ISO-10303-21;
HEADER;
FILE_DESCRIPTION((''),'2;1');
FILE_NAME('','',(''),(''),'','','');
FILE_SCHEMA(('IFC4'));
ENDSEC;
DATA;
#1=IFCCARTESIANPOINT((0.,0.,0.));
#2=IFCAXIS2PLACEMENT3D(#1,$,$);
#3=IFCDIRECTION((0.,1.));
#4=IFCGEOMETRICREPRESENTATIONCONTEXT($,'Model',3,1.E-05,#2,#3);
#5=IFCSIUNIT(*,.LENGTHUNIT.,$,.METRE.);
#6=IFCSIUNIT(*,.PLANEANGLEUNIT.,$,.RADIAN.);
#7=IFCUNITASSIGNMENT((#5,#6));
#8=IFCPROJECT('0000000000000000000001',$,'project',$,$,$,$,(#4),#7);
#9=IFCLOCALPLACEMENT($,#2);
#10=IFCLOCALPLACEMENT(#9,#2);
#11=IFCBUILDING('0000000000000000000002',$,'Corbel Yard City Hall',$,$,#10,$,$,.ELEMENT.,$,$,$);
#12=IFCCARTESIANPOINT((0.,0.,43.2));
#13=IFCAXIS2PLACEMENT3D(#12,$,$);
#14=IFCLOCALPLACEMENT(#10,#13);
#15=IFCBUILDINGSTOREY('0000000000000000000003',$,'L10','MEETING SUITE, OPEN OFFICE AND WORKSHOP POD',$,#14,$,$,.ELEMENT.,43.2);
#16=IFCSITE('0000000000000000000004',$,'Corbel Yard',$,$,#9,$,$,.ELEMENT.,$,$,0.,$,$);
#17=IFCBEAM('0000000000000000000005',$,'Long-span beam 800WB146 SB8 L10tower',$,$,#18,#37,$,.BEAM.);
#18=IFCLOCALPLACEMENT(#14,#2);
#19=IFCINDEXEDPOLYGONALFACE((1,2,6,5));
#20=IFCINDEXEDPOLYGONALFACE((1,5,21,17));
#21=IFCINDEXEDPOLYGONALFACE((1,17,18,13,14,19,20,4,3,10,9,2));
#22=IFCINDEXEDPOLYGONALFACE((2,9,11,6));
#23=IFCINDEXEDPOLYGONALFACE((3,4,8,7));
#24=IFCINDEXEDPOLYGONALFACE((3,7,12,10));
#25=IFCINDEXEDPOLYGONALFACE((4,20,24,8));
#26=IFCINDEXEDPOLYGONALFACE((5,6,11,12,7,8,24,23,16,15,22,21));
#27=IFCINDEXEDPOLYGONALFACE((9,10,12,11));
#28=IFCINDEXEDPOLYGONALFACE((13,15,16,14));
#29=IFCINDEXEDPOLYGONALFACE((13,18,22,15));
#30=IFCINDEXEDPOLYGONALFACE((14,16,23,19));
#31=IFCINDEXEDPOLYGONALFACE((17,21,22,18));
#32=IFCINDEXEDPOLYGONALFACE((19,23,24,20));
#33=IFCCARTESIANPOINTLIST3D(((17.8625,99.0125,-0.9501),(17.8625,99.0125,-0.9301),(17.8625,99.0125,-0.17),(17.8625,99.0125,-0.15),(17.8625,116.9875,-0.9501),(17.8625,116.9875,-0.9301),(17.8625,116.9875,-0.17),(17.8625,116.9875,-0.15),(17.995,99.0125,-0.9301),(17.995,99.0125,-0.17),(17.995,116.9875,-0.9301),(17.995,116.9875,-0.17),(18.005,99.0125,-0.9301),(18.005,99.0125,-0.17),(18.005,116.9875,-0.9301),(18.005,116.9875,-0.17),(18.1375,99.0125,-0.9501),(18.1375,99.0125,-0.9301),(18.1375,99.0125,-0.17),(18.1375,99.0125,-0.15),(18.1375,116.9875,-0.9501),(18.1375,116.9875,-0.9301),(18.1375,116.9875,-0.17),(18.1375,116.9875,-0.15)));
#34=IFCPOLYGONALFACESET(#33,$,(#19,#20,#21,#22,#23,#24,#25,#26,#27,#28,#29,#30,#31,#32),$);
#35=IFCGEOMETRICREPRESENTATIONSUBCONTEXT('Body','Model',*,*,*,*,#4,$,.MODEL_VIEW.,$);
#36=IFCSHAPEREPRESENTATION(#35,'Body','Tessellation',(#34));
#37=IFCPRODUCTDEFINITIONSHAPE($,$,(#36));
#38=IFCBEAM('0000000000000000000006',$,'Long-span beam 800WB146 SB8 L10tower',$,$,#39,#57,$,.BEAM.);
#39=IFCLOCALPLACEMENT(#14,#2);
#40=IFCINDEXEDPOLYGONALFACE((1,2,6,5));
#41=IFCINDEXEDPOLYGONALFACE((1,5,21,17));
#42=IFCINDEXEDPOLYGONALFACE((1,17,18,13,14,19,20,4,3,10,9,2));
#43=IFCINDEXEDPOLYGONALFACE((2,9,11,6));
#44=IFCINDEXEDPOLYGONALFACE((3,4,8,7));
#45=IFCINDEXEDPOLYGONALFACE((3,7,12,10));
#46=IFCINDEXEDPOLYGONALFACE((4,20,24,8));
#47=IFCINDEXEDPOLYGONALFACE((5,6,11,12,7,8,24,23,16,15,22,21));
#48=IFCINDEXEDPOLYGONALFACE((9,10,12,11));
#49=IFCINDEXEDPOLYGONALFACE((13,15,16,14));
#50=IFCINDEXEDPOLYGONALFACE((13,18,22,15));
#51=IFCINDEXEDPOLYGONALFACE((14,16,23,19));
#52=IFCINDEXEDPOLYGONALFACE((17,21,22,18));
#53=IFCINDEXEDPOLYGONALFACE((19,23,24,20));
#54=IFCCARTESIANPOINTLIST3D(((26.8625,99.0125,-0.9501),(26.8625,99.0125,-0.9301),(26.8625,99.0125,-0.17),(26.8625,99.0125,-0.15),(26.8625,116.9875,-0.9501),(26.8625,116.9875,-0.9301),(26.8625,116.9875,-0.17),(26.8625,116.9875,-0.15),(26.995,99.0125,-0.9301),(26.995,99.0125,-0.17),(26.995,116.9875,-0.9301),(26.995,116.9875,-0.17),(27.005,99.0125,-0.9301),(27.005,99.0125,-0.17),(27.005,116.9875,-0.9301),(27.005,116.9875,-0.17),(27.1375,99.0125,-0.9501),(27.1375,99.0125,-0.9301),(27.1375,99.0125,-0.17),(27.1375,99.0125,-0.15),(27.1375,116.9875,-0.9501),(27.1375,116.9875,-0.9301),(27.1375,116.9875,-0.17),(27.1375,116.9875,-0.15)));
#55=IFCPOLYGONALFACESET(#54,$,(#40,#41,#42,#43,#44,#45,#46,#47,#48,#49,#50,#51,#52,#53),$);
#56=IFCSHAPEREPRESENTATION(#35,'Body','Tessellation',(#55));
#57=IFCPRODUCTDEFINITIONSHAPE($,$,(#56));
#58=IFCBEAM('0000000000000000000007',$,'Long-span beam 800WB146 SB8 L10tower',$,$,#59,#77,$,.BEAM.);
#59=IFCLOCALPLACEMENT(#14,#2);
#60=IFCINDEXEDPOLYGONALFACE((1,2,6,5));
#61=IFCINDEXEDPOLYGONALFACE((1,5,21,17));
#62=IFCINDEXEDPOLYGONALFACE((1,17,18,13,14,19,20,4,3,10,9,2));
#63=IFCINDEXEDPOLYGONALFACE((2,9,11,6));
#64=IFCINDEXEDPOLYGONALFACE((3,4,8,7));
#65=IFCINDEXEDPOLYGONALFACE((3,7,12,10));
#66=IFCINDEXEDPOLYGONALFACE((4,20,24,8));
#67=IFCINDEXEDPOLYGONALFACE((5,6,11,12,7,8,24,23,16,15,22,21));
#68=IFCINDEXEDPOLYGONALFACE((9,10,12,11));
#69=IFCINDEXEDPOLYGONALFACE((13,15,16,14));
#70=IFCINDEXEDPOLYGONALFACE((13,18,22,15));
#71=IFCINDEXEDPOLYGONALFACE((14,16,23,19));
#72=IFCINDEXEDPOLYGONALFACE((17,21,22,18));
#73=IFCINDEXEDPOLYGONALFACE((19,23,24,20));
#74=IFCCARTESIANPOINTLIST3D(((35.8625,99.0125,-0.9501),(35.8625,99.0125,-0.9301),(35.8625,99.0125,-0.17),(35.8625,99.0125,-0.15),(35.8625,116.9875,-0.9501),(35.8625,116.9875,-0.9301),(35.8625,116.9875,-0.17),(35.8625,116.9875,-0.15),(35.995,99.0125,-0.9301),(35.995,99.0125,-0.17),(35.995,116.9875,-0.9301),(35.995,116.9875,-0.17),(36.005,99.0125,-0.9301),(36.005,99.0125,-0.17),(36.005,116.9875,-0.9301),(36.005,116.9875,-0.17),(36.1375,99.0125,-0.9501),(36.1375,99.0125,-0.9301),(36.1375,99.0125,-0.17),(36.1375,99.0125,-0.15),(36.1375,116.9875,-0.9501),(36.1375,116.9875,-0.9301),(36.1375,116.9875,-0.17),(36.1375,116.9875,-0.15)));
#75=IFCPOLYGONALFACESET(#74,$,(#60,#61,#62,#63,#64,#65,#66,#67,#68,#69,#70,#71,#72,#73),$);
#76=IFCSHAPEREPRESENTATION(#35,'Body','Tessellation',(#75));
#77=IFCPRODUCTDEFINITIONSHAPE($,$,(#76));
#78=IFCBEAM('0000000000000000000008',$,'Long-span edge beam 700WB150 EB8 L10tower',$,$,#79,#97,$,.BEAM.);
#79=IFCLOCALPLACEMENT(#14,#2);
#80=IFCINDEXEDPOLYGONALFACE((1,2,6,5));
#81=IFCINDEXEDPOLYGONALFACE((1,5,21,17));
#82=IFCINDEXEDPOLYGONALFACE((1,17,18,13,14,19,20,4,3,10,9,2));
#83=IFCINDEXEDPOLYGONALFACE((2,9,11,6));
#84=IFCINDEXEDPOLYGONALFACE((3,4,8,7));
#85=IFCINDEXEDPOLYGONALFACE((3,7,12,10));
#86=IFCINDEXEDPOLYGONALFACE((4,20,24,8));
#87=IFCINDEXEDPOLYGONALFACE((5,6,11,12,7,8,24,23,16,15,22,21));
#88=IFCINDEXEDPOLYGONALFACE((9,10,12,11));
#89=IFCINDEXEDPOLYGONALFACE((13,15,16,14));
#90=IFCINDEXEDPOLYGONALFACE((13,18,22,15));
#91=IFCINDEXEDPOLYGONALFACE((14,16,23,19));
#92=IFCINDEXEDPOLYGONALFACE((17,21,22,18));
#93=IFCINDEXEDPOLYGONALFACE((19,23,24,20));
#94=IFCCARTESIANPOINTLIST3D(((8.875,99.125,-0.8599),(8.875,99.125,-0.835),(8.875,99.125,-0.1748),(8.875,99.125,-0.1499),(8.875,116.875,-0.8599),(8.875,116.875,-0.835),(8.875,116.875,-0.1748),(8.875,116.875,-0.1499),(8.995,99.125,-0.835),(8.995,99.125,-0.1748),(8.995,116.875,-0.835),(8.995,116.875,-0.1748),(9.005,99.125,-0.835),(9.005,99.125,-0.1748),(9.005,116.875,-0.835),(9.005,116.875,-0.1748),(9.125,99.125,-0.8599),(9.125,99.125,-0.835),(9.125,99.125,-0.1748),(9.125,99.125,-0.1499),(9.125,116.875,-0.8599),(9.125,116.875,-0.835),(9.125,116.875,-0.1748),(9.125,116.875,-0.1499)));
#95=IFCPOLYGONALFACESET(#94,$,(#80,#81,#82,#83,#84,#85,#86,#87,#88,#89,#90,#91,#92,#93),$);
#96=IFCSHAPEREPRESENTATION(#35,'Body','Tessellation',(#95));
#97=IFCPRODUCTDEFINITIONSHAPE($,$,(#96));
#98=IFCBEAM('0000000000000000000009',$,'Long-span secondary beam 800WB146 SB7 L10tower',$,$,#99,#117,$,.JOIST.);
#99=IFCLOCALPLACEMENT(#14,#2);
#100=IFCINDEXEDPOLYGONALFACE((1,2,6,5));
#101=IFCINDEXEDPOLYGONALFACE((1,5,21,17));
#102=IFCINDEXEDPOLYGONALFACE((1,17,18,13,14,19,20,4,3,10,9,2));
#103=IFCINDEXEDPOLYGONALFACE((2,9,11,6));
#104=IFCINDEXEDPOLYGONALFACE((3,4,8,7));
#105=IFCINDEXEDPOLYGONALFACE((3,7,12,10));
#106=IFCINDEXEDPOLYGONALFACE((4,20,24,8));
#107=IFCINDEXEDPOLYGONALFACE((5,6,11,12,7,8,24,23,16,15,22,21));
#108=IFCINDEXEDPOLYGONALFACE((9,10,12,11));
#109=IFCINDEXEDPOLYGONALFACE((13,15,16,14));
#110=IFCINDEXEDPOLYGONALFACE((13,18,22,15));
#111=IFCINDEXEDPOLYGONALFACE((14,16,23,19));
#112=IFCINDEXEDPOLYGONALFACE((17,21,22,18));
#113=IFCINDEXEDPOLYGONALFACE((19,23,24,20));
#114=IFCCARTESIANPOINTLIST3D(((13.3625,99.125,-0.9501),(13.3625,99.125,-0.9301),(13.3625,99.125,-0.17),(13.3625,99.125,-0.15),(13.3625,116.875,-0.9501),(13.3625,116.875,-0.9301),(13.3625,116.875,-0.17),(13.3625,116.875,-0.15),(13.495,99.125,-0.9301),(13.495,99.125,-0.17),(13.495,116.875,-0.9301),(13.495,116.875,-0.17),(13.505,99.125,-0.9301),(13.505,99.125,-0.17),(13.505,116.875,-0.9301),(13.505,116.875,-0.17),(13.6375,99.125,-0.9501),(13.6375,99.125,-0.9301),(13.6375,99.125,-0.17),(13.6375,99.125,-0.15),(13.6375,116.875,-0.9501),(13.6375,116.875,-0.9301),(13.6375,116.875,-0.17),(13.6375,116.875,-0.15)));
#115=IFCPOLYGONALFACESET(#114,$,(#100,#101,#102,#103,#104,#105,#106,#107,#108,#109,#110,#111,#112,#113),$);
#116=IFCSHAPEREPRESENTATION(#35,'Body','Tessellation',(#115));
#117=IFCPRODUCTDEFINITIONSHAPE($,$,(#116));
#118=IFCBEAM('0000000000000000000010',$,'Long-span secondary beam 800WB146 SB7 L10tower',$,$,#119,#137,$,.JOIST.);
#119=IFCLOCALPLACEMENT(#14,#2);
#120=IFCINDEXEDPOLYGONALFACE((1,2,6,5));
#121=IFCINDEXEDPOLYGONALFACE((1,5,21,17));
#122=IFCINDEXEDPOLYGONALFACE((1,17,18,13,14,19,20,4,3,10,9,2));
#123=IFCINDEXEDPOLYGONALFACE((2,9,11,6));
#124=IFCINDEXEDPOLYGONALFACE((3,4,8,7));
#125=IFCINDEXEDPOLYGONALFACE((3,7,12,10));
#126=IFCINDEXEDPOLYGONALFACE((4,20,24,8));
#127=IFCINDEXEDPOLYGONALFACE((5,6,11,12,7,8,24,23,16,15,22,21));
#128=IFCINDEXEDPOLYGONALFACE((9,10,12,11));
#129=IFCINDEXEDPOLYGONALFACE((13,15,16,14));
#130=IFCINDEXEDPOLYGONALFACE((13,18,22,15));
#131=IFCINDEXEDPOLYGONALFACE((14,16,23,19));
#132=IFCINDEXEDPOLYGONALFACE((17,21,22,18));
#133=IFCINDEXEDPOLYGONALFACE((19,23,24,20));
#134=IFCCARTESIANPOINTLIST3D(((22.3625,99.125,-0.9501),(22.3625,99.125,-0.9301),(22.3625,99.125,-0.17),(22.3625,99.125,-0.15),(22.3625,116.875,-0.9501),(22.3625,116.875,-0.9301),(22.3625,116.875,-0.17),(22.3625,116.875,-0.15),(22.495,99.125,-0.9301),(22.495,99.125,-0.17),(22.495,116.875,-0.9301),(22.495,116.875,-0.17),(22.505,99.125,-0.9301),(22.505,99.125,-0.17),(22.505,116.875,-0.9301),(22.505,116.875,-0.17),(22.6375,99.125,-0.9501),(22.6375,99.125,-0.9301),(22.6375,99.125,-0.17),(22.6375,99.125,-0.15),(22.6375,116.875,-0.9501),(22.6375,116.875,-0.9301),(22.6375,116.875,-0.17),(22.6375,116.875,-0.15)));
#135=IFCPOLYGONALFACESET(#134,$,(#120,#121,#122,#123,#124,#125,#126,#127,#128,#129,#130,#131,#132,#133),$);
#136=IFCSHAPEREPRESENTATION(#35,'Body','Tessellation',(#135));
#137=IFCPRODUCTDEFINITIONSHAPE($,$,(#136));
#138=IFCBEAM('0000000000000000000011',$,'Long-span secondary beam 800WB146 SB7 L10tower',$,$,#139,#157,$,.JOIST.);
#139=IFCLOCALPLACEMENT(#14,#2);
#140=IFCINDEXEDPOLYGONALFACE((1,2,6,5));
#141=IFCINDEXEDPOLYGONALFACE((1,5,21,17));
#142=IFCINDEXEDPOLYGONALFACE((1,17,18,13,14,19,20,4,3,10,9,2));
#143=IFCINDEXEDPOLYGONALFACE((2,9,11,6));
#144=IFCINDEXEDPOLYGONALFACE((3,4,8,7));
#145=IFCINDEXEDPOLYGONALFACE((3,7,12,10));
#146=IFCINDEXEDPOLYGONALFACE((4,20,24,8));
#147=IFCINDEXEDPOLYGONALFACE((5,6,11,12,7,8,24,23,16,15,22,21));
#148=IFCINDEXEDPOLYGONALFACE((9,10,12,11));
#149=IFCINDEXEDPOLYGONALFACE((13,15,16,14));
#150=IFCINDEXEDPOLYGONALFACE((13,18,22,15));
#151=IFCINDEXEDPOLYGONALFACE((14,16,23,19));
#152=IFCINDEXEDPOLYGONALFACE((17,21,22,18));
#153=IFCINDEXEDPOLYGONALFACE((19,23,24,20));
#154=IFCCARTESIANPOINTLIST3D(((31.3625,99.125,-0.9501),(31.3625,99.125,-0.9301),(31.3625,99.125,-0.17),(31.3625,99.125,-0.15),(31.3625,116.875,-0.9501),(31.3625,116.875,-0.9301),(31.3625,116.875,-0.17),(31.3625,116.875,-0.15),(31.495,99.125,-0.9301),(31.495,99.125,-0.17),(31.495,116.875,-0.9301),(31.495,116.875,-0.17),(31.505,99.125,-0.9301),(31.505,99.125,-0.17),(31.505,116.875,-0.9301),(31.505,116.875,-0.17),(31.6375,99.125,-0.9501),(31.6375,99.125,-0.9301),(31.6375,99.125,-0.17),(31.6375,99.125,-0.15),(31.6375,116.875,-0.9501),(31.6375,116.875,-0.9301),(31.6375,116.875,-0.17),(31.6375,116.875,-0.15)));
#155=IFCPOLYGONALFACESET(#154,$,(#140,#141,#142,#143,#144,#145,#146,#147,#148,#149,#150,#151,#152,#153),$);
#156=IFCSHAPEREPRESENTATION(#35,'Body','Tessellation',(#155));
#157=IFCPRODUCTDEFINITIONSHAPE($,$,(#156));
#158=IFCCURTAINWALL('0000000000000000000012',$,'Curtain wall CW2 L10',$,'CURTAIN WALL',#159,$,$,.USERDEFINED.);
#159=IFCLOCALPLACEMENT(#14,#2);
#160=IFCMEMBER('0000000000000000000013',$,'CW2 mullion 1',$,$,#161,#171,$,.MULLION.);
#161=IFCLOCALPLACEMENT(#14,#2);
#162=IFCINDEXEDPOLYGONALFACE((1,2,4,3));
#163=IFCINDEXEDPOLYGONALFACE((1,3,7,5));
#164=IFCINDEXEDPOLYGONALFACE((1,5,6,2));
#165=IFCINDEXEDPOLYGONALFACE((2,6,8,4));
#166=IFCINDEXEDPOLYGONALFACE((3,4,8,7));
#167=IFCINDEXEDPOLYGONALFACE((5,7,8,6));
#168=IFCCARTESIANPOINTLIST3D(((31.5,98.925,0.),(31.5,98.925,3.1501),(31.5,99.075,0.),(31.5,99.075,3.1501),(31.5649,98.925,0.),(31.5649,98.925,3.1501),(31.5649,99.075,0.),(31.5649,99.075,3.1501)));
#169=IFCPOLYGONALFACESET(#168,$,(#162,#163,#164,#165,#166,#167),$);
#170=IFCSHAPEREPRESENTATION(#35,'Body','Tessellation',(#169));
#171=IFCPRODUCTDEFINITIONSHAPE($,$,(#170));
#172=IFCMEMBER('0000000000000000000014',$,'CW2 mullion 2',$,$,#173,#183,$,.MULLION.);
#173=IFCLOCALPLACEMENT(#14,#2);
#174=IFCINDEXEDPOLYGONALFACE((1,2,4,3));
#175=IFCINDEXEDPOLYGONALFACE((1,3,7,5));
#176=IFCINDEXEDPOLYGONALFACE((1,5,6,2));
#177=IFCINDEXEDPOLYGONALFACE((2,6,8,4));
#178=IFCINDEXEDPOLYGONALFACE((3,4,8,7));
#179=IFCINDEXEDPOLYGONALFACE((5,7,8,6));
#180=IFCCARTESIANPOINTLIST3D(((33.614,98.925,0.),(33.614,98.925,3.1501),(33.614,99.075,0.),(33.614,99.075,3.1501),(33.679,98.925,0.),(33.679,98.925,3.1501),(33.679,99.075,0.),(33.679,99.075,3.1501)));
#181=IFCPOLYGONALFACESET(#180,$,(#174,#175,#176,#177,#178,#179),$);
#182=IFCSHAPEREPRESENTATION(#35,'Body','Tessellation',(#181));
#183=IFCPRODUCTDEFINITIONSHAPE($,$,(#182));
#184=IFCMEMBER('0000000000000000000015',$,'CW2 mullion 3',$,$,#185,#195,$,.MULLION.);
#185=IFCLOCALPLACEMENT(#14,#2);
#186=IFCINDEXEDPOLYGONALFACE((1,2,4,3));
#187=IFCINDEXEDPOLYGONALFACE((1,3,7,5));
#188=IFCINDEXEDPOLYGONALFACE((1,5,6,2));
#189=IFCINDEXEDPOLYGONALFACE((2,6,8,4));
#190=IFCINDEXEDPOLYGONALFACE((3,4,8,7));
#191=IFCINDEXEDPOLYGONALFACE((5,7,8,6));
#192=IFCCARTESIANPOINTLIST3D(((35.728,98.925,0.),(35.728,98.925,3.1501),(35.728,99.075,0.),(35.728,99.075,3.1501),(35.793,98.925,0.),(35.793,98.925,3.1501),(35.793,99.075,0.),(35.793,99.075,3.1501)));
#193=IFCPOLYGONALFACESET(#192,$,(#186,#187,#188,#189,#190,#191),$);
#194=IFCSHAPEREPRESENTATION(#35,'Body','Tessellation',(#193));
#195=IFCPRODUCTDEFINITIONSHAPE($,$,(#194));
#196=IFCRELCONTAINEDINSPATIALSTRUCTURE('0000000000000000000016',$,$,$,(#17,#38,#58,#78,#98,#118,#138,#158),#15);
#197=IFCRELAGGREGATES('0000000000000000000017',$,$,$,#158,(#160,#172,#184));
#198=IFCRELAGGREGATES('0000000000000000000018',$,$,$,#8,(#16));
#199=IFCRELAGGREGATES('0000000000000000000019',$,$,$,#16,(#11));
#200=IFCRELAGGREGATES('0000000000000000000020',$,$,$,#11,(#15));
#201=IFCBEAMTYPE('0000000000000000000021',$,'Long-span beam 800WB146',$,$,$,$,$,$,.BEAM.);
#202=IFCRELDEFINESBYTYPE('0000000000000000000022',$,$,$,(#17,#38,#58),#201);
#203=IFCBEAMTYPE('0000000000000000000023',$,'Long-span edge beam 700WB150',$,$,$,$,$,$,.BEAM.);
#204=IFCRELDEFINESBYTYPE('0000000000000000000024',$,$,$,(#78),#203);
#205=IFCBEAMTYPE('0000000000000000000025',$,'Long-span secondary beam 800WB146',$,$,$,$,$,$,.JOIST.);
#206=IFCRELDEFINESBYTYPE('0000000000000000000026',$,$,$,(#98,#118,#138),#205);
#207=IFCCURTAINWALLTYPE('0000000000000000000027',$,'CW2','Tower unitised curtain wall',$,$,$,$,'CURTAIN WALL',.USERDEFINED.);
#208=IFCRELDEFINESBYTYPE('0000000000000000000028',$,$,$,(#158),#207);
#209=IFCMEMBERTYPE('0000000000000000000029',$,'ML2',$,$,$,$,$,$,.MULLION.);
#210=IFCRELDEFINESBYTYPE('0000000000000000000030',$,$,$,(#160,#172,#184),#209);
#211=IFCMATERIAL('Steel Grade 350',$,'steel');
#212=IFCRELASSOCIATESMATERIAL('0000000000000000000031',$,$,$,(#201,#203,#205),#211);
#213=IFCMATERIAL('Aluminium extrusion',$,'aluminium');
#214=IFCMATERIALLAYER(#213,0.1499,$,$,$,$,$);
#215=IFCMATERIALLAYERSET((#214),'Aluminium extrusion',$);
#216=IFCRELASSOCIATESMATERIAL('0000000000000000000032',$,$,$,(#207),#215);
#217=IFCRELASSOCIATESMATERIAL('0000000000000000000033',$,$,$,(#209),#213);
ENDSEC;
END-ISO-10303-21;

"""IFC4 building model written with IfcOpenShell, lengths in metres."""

from ifc_helpers import new_model, si_unit, direction, frame, origin, origin_2d, place, context, subcontext, project, spatial, rectangle, i_section, extrude, material, layer, layer_set, material_profile, profile_set, type_object, element, aggregate, save


model = new_model("IFC4")

# Units and contexts
model_context = context("Model", 3, precision=1e-05, world=origin(), true_north=direction((0.0, 1.0)))
body_context = subcontext(model_context, "Body", "Model", "MODEL_VIEW")
ifc_project = project(units=[si_unit("LENGTHUNIT", "METRE"), si_unit("PLANEANGLEUNIT", "RADIAN")], contexts=[model_context])

# Site, building, storey
site_placement = place(None, origin())
site = spatial("IfcSite", under=ifc_project, at=site_placement, Name="Corbel Yard", CompositionType="ELEMENT", RefElevation=0.0)
building_placement = place(site_placement, origin())
building = spatial("IfcBuilding", under=site, at=building_placement, Name="Corbel Yard City Hall", CompositionType="ELEMENT")
storey_placement = place(building_placement, frame((0.0, 0.0, 43.2)))
storey = spatial("IfcBuildingStorey", under=building, at=storey_placement, Name="L10", Description="MEETING SUITE, OPEN OFFICE AND WORKSHOP POD", CompositionType="ELEMENT", Elevation=43.2)

# Beams
ifc_material_1 = material(Name="Steel Grade 350", Category="steel")
ifc_material_profile_1 = material_profile(ifc_material_1, i_section(OverallWidth=0.2749, OverallDepth=0.8, WebThickness=0.01, FlangeThickness=0.02, at=origin_2d()), Name="800WB146")
ifc_profile_set_1 = profile_set([ifc_material_profile_1], Name="Steel Grade 350")
beam_type_1 = type_object("IfcBeamType", Name="Long-span beam 800WB146", PredefinedType="BEAM", material=ifc_profile_set_1)
for number, where, z_axis, x_axis, name in (
    (1, (18.0, 99.0125, -0.55), (0.0, 1.0, 0.0), (-1.0, 0.0, 0.0), "Long-span beam 800WB146 SB8 L10tower"),
    (2, (27.0, 99.0125, -0.55), (0.0, 1.0, 0.0), (-1.0, 0.0, 0.0), "Long-span beam 800WB146 SB8 L10tower"),
    (3, (36.0, 99.0125, -0.55), (0.0, 1.0, 0.0), (-1.0, 0.0, 0.0), "Long-span beam 800WB146 SB8 L10tower"),
):
    element("IfcBeam", number, at=place(storey_placement, frame(where, z_axis=z_axis, x_axis=x_axis)), inside=storey, type_object=beam_type_1, Name=name, PredefinedType="BEAM", context=body_context, shape_type="SweptSolid", body=[
        extrude(i_section(OverallWidth=0.2749, OverallDepth=0.8, WebThickness=0.01, FlangeThickness=0.02, at=origin_2d()), origin(), (0.0, 0.0, 1.0), 17.9751),
    ])
ifc_material_profile_2 = material_profile(ifc_material_1, i_section(OverallWidth=0.25, OverallDepth=0.71, WebThickness=0.01, FlangeThickness=0.0249, at=origin_2d()), Name="700WB150")
ifc_profile_set_2 = profile_set([ifc_material_profile_2], Name="Steel Grade 350")
beam_type_2 = type_object("IfcBeamType", Name="Long-span edge beam 700WB150", PredefinedType="BEAM", material=ifc_profile_set_2)
beam_placement = place(storey_placement, frame((9.0, 99.125, -0.5049), z_axis=(0.0, 1.0, 0.0), x_axis=(-1.0, 0.0, 0.0)))
element("IfcBeam", 4, at=beam_placement, inside=storey, type_object=beam_type_2, Name="Long-span edge beam 700WB150 EB8 L10tower", PredefinedType="BEAM", context=body_context, shape_type="SweptSolid", body=[
    extrude(i_section(OverallWidth=0.25, OverallDepth=0.71, WebThickness=0.01, FlangeThickness=0.0249, at=origin_2d()), origin(), (0.0, 0.0, 1.0), 17.75),
])
ifc_material_profile_3 = material_profile(ifc_material_1, i_section(OverallWidth=0.2749, OverallDepth=0.8, WebThickness=0.01, FlangeThickness=0.02, at=origin_2d()), Name="800WB146")
ifc_profile_set_3 = profile_set([ifc_material_profile_3], Name="Steel Grade 350")
beam_type_3 = type_object("IfcBeamType", Name="Long-span secondary beam 800WB146", PredefinedType="JOIST", material=ifc_profile_set_3)
for number, where, z_axis, x_axis, name in (
    (5, (13.5, 99.125, -0.55), (0.0, 1.0, 0.0), (-1.0, 0.0, 0.0), "Long-span secondary beam 800WB146 SB7 L10tower"),
    (6, (22.5, 99.125, -0.55), (0.0, 1.0, 0.0), (-1.0, 0.0, 0.0), "Long-span secondary beam 800WB146 SB7 L10tower"),
    (7, (31.5, 99.125, -0.55), (0.0, 1.0, 0.0), (-1.0, 0.0, 0.0), "Long-span secondary beam 800WB146 SB7 L10tower"),
):
    element("IfcBeam", number, at=place(storey_placement, frame(where, z_axis=z_axis, x_axis=x_axis)), inside=storey, type_object=beam_type_3, Name=name, PredefinedType="JOIST", context=body_context, shape_type="SweptSolid", body=[
        extrude(i_section(OverallWidth=0.2749, OverallDepth=0.8, WebThickness=0.01, FlangeThickness=0.02, at=origin_2d()), origin(), (0.0, 0.0, 1.0), 17.75),
    ])

# Curtain wall, members
ifc_material_2 = material(Name="Aluminium extrusion", Category="aluminium")
ifc_layer_1 = layer(ifc_material_2, 0.1499)
ifc_layer_set_1 = layer_set([ifc_layer_1], Name="Aluminium extrusion")
curtain_wall_type = type_object("IfcCurtainWallType", Name="CW2", Description="Tower unitised curtain wall", ElementType="CURTAIN WALL", PredefinedType="USERDEFINED", material=ifc_layer_set_1)
curtain_wall_1_placement = place(storey_placement, origin())
curtain_wall_1 = element("IfcCurtainWall", 8, at=curtain_wall_1_placement, inside=storey, type_object=curtain_wall_type, Name="Curtain wall CW2 L10", ObjectType="CURTAIN WALL", PredefinedType="USERDEFINED")
ifc_material_profile_4 = material_profile(ifc_material_2, rectangle(XDim=0.1499, YDim=0.0649, at=origin_2d()), Name="150x65")
ifc_profile_set_4 = profile_set([ifc_material_profile_4], Name="Aluminium extrusion")
member_type_1 = type_object("IfcMemberType", Name="ML2", PredefinedType="MULLION", material=ifc_profile_set_4)
member_1_placement = place(storey_placement, frame((31.5325, 99.0, 0.0), z_axis=(0.0, 0.0, 1.0), x_axis=(0.0, 1.0, 0.0)))
member_1 = element("IfcMember", 9, at=member_1_placement, type_object=member_type_1, Name="CW2 mullion 1", PredefinedType="MULLION", context=body_context, shape_type="SweptSolid", body=[
    extrude(rectangle(XDim=0.1499, YDim=0.0649, at=origin_2d()), origin(), (0.0, 0.0, 1.0), 3.1501),
])
member_2_placement = place(storey_placement, frame((33.6465, 99.0, 0.0), z_axis=(0.0, 0.0, 1.0), x_axis=(0.0, 1.0, 0.0)))
member_2 = element("IfcMember", 10, at=member_2_placement, type_object=member_type_1, Name="CW2 mullion 2", PredefinedType="MULLION", context=body_context, shape_type="SweptSolid", body=[
    extrude(rectangle(XDim=0.1499, YDim=0.0649, at=origin_2d()), origin(), (0.0, 0.0, 1.0), 3.1501),
])
member_3_placement = place(storey_placement, frame((35.7605, 99.0, 0.0), z_axis=(0.0, 0.0, 1.0), x_axis=(0.0, 1.0, 0.0)))
member_3 = element("IfcMember", 11, at=member_3_placement, type_object=member_type_1, Name="CW2 mullion 3", PredefinedType="MULLION", context=body_context, shape_type="SweptSolid", body=[
    extrude(rectangle(XDim=0.1499, YDim=0.0649, at=origin_2d()), origin(), (0.0, 0.0, 1.0), 3.1501),
])

aggregate(curtain_wall_1, [member_1, member_2, member_3])

save(model, "model.ifc")
